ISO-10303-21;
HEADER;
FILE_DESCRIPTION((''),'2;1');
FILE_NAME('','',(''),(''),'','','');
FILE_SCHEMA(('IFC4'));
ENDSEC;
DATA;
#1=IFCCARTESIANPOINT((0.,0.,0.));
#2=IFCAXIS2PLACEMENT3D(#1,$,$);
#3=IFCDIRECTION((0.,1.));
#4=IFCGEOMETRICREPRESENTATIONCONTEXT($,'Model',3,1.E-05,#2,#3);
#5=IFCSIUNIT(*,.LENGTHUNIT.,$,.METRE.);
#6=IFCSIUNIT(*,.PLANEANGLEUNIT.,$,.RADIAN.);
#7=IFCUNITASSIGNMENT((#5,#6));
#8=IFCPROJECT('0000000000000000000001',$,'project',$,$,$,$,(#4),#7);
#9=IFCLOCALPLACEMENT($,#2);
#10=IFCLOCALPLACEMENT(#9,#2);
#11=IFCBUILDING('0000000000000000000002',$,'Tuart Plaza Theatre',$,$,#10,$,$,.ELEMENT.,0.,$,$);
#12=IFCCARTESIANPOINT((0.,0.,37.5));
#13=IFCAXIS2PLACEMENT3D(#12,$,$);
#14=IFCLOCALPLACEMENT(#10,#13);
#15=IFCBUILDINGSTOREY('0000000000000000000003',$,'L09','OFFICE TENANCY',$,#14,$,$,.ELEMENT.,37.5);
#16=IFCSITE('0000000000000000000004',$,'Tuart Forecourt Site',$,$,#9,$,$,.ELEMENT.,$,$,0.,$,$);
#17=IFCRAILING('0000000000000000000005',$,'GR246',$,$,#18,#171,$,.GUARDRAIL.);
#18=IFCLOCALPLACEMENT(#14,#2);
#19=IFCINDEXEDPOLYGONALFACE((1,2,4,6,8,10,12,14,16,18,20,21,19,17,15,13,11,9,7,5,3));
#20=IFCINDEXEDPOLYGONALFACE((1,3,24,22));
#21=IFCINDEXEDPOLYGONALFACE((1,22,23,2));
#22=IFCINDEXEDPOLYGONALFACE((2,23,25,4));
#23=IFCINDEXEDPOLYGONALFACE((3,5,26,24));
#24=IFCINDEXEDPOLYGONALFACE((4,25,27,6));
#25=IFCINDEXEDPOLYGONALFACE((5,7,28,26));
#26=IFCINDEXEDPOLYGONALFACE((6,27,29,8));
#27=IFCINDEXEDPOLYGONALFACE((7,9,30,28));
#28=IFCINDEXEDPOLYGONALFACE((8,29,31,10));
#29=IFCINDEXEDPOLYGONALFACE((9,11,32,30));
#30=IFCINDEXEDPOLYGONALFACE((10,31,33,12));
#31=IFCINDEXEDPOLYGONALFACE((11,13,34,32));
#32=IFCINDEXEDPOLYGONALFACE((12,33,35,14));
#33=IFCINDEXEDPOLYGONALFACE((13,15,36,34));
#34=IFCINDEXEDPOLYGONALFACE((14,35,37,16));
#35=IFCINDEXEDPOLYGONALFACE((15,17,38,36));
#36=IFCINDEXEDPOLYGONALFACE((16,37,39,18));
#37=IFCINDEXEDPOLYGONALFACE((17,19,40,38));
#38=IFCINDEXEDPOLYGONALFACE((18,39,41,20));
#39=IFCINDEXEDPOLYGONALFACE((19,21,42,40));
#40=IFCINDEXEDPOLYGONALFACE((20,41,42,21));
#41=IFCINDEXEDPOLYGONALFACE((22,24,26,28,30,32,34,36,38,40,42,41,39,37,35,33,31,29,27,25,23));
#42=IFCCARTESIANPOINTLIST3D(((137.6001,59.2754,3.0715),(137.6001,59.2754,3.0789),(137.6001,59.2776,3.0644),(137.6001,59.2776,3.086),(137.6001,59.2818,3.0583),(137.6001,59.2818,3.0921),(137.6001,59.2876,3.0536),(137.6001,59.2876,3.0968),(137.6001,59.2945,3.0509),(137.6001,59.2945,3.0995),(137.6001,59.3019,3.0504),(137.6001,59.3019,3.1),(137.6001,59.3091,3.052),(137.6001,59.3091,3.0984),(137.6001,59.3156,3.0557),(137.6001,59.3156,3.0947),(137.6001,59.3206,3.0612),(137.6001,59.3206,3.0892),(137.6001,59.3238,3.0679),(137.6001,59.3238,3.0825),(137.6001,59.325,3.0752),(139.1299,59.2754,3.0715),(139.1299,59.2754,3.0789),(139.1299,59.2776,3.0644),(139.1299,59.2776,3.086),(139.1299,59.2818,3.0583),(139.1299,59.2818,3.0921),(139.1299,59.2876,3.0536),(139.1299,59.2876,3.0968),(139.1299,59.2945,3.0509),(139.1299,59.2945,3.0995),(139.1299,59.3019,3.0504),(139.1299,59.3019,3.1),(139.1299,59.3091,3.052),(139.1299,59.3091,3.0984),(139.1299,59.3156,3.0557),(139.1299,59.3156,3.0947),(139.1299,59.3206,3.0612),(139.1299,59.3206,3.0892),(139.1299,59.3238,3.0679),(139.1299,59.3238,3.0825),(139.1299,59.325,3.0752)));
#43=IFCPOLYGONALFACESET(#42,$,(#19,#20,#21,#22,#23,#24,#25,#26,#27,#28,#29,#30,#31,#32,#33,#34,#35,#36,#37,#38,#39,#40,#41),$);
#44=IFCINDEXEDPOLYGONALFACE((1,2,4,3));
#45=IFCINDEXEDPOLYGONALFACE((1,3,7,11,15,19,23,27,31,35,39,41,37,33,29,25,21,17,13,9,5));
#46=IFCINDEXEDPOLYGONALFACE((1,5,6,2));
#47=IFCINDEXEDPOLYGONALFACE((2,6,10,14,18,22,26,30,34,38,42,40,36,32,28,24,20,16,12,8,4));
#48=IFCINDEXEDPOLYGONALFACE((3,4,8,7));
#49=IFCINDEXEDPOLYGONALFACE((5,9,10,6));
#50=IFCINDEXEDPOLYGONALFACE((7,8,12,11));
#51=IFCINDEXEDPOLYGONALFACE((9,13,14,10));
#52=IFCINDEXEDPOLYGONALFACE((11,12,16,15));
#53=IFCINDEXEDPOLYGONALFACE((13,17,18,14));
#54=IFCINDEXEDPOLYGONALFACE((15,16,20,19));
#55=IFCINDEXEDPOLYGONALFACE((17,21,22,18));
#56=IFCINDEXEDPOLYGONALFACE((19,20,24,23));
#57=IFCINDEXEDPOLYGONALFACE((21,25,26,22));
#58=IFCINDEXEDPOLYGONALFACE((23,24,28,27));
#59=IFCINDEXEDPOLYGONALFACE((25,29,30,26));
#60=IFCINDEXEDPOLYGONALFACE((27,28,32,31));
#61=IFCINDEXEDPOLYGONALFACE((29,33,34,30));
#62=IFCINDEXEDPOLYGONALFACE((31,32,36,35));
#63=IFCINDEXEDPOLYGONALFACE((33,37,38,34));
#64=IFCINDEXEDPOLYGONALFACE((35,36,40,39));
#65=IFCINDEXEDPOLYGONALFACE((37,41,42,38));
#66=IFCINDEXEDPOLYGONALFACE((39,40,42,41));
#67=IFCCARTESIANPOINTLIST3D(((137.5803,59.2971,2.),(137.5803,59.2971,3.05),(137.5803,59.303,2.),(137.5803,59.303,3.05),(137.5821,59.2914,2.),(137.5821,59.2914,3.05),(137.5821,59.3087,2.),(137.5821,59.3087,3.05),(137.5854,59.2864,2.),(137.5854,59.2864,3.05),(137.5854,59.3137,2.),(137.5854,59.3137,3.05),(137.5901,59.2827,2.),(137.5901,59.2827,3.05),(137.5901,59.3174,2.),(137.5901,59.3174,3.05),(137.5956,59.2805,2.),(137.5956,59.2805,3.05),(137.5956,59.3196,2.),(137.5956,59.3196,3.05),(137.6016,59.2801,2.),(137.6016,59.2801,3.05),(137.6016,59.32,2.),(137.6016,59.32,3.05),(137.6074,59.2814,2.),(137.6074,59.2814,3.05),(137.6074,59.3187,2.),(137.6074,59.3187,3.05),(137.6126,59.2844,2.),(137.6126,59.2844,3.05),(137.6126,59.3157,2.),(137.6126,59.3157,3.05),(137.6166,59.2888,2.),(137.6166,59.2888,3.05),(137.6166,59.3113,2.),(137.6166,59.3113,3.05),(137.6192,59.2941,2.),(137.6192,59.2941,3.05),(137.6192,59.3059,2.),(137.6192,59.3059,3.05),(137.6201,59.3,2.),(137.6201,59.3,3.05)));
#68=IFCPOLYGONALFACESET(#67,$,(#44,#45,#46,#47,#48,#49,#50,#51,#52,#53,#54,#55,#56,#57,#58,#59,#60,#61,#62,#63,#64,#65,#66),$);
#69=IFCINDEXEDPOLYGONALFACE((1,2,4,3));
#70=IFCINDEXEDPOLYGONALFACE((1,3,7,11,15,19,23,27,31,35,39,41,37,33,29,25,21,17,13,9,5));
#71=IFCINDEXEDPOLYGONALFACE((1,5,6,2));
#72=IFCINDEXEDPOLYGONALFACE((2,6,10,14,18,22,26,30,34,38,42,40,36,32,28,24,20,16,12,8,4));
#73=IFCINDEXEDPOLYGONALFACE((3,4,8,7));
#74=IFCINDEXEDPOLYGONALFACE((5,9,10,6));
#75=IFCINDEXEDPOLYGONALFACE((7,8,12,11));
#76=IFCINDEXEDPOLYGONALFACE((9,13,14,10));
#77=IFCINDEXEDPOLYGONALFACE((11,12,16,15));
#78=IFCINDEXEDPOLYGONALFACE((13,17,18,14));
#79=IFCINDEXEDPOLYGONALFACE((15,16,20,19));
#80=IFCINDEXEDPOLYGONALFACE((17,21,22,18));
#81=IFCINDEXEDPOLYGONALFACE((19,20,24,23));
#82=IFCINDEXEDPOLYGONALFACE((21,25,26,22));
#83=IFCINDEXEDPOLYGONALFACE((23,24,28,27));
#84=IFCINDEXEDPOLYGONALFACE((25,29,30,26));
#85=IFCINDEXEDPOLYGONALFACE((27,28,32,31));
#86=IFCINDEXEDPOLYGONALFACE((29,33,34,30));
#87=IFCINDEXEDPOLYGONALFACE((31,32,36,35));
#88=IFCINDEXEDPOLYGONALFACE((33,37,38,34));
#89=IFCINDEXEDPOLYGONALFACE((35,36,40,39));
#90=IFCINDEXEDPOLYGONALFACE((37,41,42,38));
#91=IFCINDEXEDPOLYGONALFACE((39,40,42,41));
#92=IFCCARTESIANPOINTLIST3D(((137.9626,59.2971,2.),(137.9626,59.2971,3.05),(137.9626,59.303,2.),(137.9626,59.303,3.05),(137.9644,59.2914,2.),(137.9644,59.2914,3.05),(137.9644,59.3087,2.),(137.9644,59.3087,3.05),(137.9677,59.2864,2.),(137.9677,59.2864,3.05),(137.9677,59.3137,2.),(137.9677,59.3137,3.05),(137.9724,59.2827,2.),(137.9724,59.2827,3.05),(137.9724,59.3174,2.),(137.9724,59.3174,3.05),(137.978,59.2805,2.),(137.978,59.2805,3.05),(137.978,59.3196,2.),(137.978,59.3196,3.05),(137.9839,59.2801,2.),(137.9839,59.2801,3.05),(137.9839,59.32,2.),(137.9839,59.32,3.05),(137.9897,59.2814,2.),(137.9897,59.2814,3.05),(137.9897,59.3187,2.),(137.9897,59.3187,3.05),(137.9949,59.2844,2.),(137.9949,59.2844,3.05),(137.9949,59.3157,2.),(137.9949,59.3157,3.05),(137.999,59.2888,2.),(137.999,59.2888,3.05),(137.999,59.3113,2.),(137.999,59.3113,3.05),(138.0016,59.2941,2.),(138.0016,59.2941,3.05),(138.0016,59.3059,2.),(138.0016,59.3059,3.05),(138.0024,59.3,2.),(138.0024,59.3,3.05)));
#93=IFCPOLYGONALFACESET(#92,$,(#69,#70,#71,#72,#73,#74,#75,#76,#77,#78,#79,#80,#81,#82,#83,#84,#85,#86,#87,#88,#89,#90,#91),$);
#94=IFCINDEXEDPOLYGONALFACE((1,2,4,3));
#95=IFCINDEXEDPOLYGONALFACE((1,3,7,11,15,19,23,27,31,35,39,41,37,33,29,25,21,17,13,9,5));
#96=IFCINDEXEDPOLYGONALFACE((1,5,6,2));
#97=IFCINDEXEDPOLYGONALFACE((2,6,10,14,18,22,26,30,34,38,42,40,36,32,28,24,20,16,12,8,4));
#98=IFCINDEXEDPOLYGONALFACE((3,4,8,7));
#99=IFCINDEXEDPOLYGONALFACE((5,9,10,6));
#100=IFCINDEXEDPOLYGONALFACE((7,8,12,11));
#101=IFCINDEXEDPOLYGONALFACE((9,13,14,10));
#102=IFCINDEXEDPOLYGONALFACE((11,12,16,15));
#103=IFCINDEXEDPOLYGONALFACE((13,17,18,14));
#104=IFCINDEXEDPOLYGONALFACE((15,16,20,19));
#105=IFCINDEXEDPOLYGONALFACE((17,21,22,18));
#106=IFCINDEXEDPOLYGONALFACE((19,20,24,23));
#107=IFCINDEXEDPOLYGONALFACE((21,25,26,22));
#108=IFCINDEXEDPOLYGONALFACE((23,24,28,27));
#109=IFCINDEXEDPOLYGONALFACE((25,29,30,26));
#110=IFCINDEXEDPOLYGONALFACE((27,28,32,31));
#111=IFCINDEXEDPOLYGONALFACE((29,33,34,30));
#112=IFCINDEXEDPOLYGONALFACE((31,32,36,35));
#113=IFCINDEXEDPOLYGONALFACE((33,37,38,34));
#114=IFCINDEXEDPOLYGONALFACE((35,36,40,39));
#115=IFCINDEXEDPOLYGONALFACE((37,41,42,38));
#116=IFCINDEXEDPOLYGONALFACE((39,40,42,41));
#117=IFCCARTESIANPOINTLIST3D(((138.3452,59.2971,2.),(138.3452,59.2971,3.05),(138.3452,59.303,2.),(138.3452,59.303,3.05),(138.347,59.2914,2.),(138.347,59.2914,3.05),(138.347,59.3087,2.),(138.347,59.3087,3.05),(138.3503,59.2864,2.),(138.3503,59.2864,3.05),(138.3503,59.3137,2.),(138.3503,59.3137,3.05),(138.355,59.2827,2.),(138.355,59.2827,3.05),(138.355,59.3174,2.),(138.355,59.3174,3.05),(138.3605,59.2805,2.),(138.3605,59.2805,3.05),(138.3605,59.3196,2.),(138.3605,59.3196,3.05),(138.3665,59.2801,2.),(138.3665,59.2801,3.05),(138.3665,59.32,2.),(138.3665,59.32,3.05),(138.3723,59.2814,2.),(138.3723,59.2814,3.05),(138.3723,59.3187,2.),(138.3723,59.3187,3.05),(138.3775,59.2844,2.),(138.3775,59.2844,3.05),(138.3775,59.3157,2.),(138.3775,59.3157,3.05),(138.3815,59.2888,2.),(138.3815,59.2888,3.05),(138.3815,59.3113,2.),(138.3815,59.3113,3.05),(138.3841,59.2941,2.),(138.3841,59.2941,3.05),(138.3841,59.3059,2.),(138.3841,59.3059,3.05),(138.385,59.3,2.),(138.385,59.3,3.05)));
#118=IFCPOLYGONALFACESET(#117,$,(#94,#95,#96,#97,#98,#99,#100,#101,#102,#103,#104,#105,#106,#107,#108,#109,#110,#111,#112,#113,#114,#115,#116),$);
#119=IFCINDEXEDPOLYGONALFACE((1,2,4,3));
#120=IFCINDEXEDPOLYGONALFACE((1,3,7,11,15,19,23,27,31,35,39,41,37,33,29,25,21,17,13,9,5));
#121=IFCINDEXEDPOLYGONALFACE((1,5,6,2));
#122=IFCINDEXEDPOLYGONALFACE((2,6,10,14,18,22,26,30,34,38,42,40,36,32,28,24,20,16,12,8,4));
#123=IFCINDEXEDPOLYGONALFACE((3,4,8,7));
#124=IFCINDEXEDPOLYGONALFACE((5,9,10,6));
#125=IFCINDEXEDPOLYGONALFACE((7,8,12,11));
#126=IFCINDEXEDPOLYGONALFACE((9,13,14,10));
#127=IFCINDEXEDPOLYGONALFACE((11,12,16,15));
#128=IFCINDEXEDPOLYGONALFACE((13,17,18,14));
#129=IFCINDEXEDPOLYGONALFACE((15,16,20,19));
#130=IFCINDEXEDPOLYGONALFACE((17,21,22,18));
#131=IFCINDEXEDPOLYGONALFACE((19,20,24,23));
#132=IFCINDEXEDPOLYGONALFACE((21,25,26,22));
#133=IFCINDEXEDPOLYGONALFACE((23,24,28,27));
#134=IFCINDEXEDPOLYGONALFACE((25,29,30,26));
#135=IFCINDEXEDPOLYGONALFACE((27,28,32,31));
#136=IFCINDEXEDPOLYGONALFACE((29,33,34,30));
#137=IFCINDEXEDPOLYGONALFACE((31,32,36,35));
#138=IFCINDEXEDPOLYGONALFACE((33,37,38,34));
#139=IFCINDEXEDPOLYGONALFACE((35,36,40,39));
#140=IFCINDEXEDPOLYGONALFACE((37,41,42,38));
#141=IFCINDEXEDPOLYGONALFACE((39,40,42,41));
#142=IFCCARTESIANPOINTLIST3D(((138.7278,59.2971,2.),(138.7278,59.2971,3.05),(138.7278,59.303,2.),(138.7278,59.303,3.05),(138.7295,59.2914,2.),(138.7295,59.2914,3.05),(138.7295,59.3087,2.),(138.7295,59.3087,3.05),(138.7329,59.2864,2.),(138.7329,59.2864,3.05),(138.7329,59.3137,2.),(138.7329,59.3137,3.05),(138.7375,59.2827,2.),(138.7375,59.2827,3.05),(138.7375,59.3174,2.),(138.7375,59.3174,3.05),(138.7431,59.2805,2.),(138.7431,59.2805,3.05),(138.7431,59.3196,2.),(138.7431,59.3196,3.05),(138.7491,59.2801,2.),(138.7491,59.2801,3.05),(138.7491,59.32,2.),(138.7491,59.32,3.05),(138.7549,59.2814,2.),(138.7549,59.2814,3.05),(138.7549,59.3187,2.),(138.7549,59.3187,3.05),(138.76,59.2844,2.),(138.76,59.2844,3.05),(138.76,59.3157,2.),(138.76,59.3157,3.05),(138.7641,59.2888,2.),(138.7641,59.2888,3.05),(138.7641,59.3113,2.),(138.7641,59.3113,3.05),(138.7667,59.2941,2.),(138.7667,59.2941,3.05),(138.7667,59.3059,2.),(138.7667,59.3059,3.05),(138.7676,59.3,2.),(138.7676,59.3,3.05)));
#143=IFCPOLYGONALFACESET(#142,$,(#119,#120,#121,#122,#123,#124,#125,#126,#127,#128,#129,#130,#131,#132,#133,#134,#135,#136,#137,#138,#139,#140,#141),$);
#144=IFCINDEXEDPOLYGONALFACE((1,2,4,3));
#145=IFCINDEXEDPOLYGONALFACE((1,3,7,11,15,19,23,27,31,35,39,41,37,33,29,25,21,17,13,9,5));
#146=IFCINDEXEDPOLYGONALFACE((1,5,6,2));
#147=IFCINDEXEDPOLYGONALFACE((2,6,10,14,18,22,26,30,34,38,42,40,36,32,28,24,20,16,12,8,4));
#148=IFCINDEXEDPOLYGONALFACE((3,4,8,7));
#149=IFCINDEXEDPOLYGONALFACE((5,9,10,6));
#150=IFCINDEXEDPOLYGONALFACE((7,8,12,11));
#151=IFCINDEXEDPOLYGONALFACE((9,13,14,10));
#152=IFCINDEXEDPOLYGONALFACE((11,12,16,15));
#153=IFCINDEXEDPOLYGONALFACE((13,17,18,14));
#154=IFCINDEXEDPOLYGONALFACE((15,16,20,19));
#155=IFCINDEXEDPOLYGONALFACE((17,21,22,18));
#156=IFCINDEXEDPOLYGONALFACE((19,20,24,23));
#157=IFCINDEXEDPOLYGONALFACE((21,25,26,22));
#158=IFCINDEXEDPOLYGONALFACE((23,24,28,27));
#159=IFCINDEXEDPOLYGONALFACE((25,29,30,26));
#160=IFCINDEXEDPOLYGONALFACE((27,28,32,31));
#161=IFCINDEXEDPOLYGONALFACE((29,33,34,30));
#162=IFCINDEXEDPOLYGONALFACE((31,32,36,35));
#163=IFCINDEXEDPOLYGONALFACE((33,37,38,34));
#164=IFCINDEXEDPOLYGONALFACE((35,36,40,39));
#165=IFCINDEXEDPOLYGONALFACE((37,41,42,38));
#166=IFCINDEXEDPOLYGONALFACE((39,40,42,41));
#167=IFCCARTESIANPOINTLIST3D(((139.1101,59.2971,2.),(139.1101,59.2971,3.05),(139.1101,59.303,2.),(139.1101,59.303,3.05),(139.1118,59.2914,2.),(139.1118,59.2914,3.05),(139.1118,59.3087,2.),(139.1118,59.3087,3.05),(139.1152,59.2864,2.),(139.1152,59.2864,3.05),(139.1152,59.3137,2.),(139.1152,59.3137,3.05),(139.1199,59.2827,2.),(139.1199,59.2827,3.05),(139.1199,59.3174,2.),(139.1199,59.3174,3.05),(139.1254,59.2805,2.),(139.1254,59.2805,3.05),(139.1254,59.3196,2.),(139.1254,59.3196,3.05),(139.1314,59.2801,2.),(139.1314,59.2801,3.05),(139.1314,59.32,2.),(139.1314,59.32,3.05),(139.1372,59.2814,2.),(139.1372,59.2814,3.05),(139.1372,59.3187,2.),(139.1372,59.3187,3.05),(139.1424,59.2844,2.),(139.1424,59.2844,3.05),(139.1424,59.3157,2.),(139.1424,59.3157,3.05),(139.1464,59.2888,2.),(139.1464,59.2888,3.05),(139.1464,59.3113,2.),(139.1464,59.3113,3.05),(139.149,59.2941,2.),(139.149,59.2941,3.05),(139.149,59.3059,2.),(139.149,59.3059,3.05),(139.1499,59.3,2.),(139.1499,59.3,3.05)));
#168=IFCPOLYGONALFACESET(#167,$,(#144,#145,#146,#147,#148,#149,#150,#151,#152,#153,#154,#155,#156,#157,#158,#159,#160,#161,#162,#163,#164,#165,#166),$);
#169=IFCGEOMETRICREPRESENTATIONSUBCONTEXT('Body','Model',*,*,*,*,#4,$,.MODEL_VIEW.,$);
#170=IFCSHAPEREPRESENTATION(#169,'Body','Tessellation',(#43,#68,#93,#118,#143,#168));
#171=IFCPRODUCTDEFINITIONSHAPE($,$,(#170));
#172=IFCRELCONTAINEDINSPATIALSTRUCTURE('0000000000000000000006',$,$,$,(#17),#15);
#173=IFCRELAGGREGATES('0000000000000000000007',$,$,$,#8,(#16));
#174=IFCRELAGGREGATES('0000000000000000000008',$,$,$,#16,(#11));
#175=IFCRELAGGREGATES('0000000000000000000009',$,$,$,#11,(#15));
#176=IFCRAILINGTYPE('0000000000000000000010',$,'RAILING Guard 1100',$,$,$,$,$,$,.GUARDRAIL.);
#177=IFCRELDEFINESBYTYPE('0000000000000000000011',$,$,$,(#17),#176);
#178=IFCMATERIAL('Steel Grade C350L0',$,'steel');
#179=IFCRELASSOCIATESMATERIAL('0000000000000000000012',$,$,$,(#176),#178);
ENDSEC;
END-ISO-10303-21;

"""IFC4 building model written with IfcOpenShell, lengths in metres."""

from ifc_helpers import new_model, si_unit, direction, frame, origin, origin_2d, place, context, subcontext, project, spatial, circle, extrude, material, type_object, element, save


model = new_model("IFC4")

# Units and contexts
model_context = context("Model", 3, precision=1e-05, world=origin(), true_north=direction((0.0, 1.0)))
body_context = subcontext(model_context, "Body", "Model", "MODEL_VIEW")
ifc_project = project(units=[si_unit("LENGTHUNIT", "METRE"), si_unit("PLANEANGLEUNIT", "RADIAN")], contexts=[model_context])

# Site, building, storey
site_placement = place(None, origin())
site = spatial("IfcSite", under=ifc_project, at=site_placement, Name="Tuart Forecourt Site", CompositionType="ELEMENT", RefElevation=0.0)
building_placement = place(site_placement, origin())
building = spatial("IfcBuilding", under=site, at=building_placement, Name="Tuart Plaza Theatre", CompositionType="ELEMENT", ElevationOfRefHeight=0.0)
storey_placement = place(building_placement, frame((0.0, 0.0, 37.5)))
storey = spatial("IfcBuildingStorey", under=building, at=storey_placement, Name="L09", Description="OFFICE TENANCY", CompositionType="ELEMENT", Elevation=37.5)

# Railing
ifc_material_1 = material(Name="Steel Grade C350L0", Category="steel")
railing_type_1 = type_object("IfcRailingType", Name="RAILING Guard 1100", PredefinedType="GUARDRAIL", material=ifc_material_1)
railing_1_placement = place(storey_placement, frame((137.6001, 59.3, 2.0)))
element("IfcRailing", 1, at=railing_1_placement, inside=storey, type_object=railing_type_1, Name="GR246", PredefinedType="GUARDRAIL", context=body_context, shape_type="SweptSolid", body=[
    extrude(circle(Radius=0.0249, at=origin_2d()), frame((0.0, 0.0, 1.0752), z_axis=(1.0, 0.0, 0.0), x_axis=(0.0, 1.0, 0.0)), (0.0, 0.0, 1.0), 1.5298),
    extrude(circle(Radius=0.02, at=origin_2d()), origin(), (0.0, 0.0, 1.0), 1.05),
    extrude(circle(Radius=0.02, at=origin_2d()), frame((0.3823, 0.0, 0.0)), (0.0, 0.0, 1.0), 1.05),
    extrude(circle(Radius=0.02, at=origin_2d()), frame((0.7649, 0.0, 0.0)), (0.0, 0.0, 1.0), 1.05),
    extrude(circle(Radius=0.02, at=origin_2d()), frame((1.1475, 0.0, 0.0)), (0.0, 0.0, 1.0), 1.05),
    extrude(circle(Radius=0.02, at=origin_2d()), frame((1.5298, 0.0, 0.0)), (0.0, 0.0, 1.0), 1.05),
])

save(model, "model.ifc")
